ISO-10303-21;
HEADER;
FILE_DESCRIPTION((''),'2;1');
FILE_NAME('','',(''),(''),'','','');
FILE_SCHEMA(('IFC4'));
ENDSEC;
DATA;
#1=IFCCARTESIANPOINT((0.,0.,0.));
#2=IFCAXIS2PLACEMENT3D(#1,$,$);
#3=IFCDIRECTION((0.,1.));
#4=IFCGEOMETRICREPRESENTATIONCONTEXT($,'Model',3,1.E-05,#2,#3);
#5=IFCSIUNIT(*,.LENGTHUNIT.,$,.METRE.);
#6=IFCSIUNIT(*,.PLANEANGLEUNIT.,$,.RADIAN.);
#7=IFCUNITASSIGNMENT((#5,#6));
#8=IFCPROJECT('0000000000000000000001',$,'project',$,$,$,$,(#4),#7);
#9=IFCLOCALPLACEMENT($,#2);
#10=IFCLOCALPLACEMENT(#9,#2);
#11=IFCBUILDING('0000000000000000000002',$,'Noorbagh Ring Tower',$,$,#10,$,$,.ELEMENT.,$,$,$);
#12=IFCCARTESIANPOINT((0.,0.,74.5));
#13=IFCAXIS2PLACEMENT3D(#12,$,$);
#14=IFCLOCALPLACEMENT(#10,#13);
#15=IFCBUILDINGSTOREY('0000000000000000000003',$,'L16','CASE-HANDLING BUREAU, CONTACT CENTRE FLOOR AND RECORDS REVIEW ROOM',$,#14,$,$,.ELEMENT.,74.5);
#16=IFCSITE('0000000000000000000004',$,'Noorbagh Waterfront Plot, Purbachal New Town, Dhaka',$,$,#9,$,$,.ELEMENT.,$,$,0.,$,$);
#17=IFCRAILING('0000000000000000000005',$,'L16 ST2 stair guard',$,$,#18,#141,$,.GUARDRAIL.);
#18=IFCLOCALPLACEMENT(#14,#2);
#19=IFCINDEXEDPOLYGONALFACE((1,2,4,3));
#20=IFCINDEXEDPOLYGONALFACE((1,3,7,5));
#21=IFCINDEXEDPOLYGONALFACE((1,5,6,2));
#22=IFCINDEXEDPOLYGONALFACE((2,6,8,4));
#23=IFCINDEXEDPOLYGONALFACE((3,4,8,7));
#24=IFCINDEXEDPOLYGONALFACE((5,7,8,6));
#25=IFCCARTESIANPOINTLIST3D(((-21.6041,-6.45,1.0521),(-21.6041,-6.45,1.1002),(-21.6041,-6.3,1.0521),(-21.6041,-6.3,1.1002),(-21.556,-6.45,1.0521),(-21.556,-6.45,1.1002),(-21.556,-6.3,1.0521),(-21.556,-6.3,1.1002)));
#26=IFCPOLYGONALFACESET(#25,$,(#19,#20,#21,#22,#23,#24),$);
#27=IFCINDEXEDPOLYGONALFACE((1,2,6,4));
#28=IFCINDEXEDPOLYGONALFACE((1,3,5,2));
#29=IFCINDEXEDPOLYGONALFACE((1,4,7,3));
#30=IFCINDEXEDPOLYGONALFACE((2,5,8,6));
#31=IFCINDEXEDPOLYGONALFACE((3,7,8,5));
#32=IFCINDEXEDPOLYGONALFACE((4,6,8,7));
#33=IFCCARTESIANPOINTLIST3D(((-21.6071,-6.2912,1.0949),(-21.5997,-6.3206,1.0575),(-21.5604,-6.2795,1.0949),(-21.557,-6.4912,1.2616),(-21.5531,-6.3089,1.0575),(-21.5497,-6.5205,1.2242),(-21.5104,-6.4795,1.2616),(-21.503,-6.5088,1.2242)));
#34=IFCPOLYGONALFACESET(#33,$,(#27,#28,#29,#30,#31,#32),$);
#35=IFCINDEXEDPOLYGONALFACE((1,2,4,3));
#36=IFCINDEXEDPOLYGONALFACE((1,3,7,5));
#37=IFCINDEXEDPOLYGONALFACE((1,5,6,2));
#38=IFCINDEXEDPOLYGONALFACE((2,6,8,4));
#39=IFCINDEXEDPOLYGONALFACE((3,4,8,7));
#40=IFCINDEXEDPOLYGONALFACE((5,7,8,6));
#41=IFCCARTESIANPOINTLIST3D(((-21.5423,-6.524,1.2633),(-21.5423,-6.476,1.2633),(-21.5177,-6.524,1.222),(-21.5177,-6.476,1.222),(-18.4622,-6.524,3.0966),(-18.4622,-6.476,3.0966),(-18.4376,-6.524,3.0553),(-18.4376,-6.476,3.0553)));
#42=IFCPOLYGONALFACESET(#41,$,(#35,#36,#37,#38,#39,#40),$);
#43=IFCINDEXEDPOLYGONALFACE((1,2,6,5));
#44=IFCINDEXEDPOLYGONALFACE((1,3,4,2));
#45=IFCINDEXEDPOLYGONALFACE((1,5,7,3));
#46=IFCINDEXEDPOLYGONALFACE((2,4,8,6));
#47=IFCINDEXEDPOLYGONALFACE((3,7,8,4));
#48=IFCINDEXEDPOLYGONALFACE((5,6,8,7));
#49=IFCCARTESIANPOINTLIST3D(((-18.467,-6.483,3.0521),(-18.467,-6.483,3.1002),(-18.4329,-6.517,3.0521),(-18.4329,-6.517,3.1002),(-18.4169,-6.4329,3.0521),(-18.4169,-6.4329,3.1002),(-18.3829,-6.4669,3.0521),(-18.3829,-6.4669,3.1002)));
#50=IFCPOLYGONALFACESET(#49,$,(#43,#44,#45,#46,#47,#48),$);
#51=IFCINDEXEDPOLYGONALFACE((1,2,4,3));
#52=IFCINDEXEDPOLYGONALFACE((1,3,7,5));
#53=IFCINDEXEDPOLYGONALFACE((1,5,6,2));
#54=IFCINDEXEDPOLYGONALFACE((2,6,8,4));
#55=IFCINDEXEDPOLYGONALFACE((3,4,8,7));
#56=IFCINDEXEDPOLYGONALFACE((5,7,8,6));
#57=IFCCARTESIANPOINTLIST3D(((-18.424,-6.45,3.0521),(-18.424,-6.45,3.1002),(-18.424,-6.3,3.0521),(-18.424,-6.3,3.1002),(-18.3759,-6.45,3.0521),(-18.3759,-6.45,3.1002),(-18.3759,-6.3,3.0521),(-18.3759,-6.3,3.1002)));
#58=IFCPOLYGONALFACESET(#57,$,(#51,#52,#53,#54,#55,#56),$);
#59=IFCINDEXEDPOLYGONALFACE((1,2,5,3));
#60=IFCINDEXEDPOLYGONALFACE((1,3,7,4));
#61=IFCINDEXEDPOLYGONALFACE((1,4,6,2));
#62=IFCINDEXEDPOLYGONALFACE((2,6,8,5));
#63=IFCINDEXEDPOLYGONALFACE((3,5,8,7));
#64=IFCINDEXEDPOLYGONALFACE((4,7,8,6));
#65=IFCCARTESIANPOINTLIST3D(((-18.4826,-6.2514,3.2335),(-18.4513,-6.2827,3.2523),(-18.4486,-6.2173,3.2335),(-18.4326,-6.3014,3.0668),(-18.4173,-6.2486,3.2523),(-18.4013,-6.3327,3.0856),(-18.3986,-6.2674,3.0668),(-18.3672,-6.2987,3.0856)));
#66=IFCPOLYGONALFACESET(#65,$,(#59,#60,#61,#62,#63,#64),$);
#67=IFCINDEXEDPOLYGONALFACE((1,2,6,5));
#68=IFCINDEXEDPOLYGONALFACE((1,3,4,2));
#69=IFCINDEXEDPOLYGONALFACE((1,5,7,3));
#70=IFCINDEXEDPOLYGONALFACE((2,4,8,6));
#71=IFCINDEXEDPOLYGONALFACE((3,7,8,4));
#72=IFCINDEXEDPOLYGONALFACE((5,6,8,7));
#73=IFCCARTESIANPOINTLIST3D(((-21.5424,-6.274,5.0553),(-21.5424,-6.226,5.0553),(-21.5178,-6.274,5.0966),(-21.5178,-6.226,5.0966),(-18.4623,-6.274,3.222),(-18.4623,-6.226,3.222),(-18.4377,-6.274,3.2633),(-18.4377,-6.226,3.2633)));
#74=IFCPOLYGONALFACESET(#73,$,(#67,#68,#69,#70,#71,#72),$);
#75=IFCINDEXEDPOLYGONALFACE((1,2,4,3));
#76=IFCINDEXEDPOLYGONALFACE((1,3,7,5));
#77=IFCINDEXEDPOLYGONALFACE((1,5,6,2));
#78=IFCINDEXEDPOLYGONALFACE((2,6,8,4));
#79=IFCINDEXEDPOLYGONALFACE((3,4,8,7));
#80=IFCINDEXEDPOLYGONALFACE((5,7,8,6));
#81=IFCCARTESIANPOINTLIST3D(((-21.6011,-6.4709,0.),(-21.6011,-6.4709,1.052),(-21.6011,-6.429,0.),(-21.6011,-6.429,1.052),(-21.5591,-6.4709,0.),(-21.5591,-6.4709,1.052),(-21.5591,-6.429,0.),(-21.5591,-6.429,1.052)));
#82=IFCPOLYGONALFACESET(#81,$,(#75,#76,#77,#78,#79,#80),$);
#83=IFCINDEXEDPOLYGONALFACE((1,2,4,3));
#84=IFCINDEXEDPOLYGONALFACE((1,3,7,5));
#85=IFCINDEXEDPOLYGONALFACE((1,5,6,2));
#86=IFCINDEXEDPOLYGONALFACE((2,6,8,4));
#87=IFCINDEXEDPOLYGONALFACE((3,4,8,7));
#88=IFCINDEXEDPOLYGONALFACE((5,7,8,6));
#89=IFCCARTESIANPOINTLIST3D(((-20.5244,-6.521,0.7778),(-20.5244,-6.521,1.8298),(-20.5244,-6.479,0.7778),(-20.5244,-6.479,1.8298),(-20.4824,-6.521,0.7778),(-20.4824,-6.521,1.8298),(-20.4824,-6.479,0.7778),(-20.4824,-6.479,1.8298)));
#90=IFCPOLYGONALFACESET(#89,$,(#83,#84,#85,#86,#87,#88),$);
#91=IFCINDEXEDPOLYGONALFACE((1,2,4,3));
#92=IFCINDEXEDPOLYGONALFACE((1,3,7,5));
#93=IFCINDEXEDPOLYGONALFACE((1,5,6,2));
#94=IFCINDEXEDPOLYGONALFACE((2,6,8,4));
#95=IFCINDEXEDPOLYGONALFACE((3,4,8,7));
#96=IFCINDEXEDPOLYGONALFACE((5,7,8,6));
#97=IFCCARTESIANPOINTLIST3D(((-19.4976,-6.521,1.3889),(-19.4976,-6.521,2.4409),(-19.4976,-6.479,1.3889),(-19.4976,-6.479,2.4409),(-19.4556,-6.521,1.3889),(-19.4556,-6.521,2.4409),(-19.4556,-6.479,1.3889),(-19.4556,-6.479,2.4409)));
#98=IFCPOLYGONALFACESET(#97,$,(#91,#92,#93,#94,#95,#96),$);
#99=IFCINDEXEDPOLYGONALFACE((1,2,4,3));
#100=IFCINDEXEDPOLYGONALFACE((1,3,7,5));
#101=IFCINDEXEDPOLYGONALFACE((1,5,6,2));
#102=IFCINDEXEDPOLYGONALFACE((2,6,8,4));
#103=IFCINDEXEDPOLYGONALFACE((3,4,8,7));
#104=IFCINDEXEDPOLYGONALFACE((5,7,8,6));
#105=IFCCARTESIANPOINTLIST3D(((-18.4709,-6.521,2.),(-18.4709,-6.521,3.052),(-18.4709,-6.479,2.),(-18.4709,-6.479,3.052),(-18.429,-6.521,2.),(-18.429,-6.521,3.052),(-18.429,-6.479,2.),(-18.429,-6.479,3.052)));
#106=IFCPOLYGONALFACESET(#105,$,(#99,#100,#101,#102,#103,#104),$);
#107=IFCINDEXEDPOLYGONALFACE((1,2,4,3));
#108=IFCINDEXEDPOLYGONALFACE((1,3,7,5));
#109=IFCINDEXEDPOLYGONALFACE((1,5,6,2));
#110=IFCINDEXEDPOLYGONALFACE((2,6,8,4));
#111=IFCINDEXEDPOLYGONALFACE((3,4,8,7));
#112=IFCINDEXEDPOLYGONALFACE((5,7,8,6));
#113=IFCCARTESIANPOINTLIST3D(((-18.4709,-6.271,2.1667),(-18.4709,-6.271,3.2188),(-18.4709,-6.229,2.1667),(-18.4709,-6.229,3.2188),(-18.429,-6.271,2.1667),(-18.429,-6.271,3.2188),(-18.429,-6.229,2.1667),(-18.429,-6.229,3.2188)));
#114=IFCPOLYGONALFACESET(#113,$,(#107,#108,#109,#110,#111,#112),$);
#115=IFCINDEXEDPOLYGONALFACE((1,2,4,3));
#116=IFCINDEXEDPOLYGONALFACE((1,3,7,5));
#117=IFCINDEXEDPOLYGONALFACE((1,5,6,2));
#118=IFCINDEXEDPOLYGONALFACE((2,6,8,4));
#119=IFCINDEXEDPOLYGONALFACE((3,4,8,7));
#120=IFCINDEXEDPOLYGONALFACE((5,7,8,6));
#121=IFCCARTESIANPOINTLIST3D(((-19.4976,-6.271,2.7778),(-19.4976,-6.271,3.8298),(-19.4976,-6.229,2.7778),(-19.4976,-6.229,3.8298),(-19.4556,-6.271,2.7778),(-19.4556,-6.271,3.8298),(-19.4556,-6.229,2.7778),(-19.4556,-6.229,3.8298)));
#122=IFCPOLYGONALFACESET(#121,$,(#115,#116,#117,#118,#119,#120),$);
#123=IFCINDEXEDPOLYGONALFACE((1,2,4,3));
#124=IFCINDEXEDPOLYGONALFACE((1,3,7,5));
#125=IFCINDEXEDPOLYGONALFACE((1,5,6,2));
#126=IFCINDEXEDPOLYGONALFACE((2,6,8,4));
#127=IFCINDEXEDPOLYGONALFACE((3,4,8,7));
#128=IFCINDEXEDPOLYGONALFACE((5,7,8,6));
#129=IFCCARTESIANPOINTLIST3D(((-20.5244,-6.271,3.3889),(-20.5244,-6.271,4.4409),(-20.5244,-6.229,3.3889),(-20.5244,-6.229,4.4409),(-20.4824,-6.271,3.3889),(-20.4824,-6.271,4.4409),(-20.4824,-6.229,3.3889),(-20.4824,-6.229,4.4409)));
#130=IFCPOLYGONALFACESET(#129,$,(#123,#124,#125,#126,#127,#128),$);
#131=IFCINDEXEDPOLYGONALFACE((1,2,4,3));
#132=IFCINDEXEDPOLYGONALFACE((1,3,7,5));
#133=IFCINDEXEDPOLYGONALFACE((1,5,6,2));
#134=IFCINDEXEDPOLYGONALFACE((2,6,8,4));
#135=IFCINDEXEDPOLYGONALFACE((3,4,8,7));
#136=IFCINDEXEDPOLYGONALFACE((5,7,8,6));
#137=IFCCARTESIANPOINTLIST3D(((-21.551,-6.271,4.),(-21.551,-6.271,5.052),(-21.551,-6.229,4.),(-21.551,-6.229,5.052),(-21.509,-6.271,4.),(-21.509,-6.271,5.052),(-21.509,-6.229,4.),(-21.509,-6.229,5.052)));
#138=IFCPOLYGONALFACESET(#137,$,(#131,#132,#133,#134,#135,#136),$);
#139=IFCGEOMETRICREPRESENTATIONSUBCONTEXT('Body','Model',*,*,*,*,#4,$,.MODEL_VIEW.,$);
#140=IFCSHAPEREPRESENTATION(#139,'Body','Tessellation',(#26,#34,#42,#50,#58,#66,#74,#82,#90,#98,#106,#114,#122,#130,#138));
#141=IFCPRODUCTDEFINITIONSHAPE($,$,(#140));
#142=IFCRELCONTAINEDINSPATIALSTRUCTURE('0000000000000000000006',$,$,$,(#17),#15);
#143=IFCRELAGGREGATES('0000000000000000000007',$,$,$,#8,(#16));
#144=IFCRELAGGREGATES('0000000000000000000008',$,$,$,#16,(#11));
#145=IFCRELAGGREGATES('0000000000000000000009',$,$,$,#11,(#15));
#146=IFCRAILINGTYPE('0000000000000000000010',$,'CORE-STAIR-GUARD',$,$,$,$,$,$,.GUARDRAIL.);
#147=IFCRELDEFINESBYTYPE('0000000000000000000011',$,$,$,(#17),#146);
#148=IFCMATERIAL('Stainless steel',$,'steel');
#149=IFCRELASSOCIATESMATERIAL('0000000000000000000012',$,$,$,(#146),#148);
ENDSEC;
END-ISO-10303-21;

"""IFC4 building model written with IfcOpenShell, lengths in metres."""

from ifc_helpers import new_model, si_unit, direction, frame, origin, origin_2d, place, context, subcontext, project, spatial, rectangle, extrude, material, type_object, element, save


model = new_model("IFC4")

# Units and contexts
model_context = context("Model", 3, precision=1e-05, world=origin(), true_north=direction((0.0, 1.0)))
body_context = subcontext(model_context, "Body", "Model", "MODEL_VIEW")
ifc_project = project(units=[si_unit("LENGTHUNIT", "METRE"), si_unit("PLANEANGLEUNIT", "RADIAN")], contexts=[model_context])

# Site, building, storey
site_placement = place(None, origin())
site = spatial("IfcSite", under=ifc_project, at=site_placement, Name="Noorbagh Waterfront Plot, Purbachal New Town, Dhaka", CompositionType="ELEMENT", RefElevation=0.0)
building_placement = place(site_placement, origin())
building = spatial("IfcBuilding", under=site, at=building_placement, Name="Noorbagh Ring Tower", CompositionType="ELEMENT")
storey_placement = place(building_placement, frame((0.0, 0.0, 74.5)))
storey = spatial("IfcBuildingStorey", under=building, at=storey_placement, Name="L16", Description="CASE-HANDLING BUREAU, CONTACT CENTRE FLOOR AND RECORDS REVIEW ROOM", CompositionType="ELEMENT", Elevation=74.5)

# Railing
ifc_material_1 = material(Name="Stainless steel", Category="steel")
railing_type_1 = type_object("IfcRailingType", Name="CORE-STAIR-GUARD", PredefinedType="GUARDRAIL", material=ifc_material_1)
railing_1_placement = place(storey_placement, frame((-21.5801, -6.45, 0.0)))
element("IfcRailing", 1, at=railing_1_placement, inside=storey, type_object=railing_type_1, Name="L16 ST2 stair guard", PredefinedType="GUARDRAIL", context=body_context, shape_type="SweptSolid", body=[
    extrude(rectangle(XDim=0.0481, YDim=0.0481, at=origin_2d()), frame((0.0, 0.0, 1.0762), z_axis=(0.0, 1.0, 0.0), x_axis=(-1.0, 0.0, 0.0)), (0.0, 0.0, 1.0), 0.1499),
    extrude(rectangle(XDim=0.0481, YDim=0.0481, at=origin_2d()), frame((0.0, 0.1499, 1.0762), z_axis=(0.188776, -0.754182, 0.628946), x_axis=(0.970073, 0.242814, 0.0)), (0.0, 0.0, 1.0), 0.2651),
    extrude(rectangle(XDim=0.0481, YDim=0.0481, at=origin_2d()), frame((0.05, -0.05, 1.2427), z_axis=(0.859309, 0.0, 0.511458), x_axis=(0.0, 1.0, 0.0)), (0.0, 0.0, 1.0), 3.5845),
    extrude(rectangle(XDim=0.0481, YDim=0.0481, at=origin_2d()), frame((3.1301, -0.05, 3.0762), z_axis=(0.707107, 0.707107, 0.0), x_axis=(-0.707107, 0.707107, 0.0)), (0.0, 0.0, 1.0), 0.0708),
    extrude(rectangle(XDim=0.0481, YDim=0.0481, at=origin_2d()), frame((3.1802, 0.0, 3.0762), z_axis=(0.0, 1.0, 0.0), x_axis=(-1.0, 0.0, 0.0)), (0.0, 0.0, 1.0), 0.1499),
    extrude(rectangle(XDim=0.0481, YDim=0.0481, at=origin_2d()), frame((3.1802, 0.1499, 3.0762), z_axis=(-0.276287, 0.276287, 0.920506), x_axis=(-0.707107, -0.707107, 0.0)), (0.0, 0.0, 1.0), 0.1812),
    extrude(rectangle(XDim=0.0481, YDim=0.0481, at=origin_2d()), frame((3.1301, 0.2, 3.2427), z_axis=(-0.859309, 0.0, 0.511458), x_axis=(0.0, -1.0, 0.0)), (0.0, 0.0, 1.0), 3.5845),
    extrude(rectangle(XDim=0.042, YDim=0.042, at=origin_2d()), origin(), (0.0, 0.0, 1.0), 1.052),
    extrude(rectangle(XDim=0.042, YDim=0.042, at=origin_2d()), frame((1.0767, -0.05, 0.7778)), (0.0, 0.0, 1.0), 1.052),
    extrude(rectangle(XDim=0.042, YDim=0.042, at=origin_2d()), frame((2.1035, -0.05, 1.3889)), (0.0, 0.0, 1.0), 1.052),
    extrude(rectangle(XDim=0.042, YDim=0.042, at=origin_2d()), frame((3.1301, -0.05, 2.0)), (0.0, 0.0, 1.0), 1.052),
    extrude(rectangle(XDim=0.042, YDim=0.042, at=origin_2d()), frame((3.1301, 0.2, 2.1667)), (0.0, 0.0, 1.0), 1.052),
    extrude(rectangle(XDim=0.042, YDim=0.042, at=origin_2d()), frame((2.1035, 0.2, 2.7778)), (0.0, 0.0, 1.0), 1.052),
    extrude(rectangle(XDim=0.042, YDim=0.042, at=origin_2d()), frame((1.0767, 0.2, 3.3889)), (0.0, 0.0, 1.0), 1.052),
    extrude(rectangle(XDim=0.042, YDim=0.042, at=origin_2d()), frame((0.05, 0.2, 4.0)), (0.0, 0.0, 1.0), 1.052),
])

save(model, "model.ifc")
